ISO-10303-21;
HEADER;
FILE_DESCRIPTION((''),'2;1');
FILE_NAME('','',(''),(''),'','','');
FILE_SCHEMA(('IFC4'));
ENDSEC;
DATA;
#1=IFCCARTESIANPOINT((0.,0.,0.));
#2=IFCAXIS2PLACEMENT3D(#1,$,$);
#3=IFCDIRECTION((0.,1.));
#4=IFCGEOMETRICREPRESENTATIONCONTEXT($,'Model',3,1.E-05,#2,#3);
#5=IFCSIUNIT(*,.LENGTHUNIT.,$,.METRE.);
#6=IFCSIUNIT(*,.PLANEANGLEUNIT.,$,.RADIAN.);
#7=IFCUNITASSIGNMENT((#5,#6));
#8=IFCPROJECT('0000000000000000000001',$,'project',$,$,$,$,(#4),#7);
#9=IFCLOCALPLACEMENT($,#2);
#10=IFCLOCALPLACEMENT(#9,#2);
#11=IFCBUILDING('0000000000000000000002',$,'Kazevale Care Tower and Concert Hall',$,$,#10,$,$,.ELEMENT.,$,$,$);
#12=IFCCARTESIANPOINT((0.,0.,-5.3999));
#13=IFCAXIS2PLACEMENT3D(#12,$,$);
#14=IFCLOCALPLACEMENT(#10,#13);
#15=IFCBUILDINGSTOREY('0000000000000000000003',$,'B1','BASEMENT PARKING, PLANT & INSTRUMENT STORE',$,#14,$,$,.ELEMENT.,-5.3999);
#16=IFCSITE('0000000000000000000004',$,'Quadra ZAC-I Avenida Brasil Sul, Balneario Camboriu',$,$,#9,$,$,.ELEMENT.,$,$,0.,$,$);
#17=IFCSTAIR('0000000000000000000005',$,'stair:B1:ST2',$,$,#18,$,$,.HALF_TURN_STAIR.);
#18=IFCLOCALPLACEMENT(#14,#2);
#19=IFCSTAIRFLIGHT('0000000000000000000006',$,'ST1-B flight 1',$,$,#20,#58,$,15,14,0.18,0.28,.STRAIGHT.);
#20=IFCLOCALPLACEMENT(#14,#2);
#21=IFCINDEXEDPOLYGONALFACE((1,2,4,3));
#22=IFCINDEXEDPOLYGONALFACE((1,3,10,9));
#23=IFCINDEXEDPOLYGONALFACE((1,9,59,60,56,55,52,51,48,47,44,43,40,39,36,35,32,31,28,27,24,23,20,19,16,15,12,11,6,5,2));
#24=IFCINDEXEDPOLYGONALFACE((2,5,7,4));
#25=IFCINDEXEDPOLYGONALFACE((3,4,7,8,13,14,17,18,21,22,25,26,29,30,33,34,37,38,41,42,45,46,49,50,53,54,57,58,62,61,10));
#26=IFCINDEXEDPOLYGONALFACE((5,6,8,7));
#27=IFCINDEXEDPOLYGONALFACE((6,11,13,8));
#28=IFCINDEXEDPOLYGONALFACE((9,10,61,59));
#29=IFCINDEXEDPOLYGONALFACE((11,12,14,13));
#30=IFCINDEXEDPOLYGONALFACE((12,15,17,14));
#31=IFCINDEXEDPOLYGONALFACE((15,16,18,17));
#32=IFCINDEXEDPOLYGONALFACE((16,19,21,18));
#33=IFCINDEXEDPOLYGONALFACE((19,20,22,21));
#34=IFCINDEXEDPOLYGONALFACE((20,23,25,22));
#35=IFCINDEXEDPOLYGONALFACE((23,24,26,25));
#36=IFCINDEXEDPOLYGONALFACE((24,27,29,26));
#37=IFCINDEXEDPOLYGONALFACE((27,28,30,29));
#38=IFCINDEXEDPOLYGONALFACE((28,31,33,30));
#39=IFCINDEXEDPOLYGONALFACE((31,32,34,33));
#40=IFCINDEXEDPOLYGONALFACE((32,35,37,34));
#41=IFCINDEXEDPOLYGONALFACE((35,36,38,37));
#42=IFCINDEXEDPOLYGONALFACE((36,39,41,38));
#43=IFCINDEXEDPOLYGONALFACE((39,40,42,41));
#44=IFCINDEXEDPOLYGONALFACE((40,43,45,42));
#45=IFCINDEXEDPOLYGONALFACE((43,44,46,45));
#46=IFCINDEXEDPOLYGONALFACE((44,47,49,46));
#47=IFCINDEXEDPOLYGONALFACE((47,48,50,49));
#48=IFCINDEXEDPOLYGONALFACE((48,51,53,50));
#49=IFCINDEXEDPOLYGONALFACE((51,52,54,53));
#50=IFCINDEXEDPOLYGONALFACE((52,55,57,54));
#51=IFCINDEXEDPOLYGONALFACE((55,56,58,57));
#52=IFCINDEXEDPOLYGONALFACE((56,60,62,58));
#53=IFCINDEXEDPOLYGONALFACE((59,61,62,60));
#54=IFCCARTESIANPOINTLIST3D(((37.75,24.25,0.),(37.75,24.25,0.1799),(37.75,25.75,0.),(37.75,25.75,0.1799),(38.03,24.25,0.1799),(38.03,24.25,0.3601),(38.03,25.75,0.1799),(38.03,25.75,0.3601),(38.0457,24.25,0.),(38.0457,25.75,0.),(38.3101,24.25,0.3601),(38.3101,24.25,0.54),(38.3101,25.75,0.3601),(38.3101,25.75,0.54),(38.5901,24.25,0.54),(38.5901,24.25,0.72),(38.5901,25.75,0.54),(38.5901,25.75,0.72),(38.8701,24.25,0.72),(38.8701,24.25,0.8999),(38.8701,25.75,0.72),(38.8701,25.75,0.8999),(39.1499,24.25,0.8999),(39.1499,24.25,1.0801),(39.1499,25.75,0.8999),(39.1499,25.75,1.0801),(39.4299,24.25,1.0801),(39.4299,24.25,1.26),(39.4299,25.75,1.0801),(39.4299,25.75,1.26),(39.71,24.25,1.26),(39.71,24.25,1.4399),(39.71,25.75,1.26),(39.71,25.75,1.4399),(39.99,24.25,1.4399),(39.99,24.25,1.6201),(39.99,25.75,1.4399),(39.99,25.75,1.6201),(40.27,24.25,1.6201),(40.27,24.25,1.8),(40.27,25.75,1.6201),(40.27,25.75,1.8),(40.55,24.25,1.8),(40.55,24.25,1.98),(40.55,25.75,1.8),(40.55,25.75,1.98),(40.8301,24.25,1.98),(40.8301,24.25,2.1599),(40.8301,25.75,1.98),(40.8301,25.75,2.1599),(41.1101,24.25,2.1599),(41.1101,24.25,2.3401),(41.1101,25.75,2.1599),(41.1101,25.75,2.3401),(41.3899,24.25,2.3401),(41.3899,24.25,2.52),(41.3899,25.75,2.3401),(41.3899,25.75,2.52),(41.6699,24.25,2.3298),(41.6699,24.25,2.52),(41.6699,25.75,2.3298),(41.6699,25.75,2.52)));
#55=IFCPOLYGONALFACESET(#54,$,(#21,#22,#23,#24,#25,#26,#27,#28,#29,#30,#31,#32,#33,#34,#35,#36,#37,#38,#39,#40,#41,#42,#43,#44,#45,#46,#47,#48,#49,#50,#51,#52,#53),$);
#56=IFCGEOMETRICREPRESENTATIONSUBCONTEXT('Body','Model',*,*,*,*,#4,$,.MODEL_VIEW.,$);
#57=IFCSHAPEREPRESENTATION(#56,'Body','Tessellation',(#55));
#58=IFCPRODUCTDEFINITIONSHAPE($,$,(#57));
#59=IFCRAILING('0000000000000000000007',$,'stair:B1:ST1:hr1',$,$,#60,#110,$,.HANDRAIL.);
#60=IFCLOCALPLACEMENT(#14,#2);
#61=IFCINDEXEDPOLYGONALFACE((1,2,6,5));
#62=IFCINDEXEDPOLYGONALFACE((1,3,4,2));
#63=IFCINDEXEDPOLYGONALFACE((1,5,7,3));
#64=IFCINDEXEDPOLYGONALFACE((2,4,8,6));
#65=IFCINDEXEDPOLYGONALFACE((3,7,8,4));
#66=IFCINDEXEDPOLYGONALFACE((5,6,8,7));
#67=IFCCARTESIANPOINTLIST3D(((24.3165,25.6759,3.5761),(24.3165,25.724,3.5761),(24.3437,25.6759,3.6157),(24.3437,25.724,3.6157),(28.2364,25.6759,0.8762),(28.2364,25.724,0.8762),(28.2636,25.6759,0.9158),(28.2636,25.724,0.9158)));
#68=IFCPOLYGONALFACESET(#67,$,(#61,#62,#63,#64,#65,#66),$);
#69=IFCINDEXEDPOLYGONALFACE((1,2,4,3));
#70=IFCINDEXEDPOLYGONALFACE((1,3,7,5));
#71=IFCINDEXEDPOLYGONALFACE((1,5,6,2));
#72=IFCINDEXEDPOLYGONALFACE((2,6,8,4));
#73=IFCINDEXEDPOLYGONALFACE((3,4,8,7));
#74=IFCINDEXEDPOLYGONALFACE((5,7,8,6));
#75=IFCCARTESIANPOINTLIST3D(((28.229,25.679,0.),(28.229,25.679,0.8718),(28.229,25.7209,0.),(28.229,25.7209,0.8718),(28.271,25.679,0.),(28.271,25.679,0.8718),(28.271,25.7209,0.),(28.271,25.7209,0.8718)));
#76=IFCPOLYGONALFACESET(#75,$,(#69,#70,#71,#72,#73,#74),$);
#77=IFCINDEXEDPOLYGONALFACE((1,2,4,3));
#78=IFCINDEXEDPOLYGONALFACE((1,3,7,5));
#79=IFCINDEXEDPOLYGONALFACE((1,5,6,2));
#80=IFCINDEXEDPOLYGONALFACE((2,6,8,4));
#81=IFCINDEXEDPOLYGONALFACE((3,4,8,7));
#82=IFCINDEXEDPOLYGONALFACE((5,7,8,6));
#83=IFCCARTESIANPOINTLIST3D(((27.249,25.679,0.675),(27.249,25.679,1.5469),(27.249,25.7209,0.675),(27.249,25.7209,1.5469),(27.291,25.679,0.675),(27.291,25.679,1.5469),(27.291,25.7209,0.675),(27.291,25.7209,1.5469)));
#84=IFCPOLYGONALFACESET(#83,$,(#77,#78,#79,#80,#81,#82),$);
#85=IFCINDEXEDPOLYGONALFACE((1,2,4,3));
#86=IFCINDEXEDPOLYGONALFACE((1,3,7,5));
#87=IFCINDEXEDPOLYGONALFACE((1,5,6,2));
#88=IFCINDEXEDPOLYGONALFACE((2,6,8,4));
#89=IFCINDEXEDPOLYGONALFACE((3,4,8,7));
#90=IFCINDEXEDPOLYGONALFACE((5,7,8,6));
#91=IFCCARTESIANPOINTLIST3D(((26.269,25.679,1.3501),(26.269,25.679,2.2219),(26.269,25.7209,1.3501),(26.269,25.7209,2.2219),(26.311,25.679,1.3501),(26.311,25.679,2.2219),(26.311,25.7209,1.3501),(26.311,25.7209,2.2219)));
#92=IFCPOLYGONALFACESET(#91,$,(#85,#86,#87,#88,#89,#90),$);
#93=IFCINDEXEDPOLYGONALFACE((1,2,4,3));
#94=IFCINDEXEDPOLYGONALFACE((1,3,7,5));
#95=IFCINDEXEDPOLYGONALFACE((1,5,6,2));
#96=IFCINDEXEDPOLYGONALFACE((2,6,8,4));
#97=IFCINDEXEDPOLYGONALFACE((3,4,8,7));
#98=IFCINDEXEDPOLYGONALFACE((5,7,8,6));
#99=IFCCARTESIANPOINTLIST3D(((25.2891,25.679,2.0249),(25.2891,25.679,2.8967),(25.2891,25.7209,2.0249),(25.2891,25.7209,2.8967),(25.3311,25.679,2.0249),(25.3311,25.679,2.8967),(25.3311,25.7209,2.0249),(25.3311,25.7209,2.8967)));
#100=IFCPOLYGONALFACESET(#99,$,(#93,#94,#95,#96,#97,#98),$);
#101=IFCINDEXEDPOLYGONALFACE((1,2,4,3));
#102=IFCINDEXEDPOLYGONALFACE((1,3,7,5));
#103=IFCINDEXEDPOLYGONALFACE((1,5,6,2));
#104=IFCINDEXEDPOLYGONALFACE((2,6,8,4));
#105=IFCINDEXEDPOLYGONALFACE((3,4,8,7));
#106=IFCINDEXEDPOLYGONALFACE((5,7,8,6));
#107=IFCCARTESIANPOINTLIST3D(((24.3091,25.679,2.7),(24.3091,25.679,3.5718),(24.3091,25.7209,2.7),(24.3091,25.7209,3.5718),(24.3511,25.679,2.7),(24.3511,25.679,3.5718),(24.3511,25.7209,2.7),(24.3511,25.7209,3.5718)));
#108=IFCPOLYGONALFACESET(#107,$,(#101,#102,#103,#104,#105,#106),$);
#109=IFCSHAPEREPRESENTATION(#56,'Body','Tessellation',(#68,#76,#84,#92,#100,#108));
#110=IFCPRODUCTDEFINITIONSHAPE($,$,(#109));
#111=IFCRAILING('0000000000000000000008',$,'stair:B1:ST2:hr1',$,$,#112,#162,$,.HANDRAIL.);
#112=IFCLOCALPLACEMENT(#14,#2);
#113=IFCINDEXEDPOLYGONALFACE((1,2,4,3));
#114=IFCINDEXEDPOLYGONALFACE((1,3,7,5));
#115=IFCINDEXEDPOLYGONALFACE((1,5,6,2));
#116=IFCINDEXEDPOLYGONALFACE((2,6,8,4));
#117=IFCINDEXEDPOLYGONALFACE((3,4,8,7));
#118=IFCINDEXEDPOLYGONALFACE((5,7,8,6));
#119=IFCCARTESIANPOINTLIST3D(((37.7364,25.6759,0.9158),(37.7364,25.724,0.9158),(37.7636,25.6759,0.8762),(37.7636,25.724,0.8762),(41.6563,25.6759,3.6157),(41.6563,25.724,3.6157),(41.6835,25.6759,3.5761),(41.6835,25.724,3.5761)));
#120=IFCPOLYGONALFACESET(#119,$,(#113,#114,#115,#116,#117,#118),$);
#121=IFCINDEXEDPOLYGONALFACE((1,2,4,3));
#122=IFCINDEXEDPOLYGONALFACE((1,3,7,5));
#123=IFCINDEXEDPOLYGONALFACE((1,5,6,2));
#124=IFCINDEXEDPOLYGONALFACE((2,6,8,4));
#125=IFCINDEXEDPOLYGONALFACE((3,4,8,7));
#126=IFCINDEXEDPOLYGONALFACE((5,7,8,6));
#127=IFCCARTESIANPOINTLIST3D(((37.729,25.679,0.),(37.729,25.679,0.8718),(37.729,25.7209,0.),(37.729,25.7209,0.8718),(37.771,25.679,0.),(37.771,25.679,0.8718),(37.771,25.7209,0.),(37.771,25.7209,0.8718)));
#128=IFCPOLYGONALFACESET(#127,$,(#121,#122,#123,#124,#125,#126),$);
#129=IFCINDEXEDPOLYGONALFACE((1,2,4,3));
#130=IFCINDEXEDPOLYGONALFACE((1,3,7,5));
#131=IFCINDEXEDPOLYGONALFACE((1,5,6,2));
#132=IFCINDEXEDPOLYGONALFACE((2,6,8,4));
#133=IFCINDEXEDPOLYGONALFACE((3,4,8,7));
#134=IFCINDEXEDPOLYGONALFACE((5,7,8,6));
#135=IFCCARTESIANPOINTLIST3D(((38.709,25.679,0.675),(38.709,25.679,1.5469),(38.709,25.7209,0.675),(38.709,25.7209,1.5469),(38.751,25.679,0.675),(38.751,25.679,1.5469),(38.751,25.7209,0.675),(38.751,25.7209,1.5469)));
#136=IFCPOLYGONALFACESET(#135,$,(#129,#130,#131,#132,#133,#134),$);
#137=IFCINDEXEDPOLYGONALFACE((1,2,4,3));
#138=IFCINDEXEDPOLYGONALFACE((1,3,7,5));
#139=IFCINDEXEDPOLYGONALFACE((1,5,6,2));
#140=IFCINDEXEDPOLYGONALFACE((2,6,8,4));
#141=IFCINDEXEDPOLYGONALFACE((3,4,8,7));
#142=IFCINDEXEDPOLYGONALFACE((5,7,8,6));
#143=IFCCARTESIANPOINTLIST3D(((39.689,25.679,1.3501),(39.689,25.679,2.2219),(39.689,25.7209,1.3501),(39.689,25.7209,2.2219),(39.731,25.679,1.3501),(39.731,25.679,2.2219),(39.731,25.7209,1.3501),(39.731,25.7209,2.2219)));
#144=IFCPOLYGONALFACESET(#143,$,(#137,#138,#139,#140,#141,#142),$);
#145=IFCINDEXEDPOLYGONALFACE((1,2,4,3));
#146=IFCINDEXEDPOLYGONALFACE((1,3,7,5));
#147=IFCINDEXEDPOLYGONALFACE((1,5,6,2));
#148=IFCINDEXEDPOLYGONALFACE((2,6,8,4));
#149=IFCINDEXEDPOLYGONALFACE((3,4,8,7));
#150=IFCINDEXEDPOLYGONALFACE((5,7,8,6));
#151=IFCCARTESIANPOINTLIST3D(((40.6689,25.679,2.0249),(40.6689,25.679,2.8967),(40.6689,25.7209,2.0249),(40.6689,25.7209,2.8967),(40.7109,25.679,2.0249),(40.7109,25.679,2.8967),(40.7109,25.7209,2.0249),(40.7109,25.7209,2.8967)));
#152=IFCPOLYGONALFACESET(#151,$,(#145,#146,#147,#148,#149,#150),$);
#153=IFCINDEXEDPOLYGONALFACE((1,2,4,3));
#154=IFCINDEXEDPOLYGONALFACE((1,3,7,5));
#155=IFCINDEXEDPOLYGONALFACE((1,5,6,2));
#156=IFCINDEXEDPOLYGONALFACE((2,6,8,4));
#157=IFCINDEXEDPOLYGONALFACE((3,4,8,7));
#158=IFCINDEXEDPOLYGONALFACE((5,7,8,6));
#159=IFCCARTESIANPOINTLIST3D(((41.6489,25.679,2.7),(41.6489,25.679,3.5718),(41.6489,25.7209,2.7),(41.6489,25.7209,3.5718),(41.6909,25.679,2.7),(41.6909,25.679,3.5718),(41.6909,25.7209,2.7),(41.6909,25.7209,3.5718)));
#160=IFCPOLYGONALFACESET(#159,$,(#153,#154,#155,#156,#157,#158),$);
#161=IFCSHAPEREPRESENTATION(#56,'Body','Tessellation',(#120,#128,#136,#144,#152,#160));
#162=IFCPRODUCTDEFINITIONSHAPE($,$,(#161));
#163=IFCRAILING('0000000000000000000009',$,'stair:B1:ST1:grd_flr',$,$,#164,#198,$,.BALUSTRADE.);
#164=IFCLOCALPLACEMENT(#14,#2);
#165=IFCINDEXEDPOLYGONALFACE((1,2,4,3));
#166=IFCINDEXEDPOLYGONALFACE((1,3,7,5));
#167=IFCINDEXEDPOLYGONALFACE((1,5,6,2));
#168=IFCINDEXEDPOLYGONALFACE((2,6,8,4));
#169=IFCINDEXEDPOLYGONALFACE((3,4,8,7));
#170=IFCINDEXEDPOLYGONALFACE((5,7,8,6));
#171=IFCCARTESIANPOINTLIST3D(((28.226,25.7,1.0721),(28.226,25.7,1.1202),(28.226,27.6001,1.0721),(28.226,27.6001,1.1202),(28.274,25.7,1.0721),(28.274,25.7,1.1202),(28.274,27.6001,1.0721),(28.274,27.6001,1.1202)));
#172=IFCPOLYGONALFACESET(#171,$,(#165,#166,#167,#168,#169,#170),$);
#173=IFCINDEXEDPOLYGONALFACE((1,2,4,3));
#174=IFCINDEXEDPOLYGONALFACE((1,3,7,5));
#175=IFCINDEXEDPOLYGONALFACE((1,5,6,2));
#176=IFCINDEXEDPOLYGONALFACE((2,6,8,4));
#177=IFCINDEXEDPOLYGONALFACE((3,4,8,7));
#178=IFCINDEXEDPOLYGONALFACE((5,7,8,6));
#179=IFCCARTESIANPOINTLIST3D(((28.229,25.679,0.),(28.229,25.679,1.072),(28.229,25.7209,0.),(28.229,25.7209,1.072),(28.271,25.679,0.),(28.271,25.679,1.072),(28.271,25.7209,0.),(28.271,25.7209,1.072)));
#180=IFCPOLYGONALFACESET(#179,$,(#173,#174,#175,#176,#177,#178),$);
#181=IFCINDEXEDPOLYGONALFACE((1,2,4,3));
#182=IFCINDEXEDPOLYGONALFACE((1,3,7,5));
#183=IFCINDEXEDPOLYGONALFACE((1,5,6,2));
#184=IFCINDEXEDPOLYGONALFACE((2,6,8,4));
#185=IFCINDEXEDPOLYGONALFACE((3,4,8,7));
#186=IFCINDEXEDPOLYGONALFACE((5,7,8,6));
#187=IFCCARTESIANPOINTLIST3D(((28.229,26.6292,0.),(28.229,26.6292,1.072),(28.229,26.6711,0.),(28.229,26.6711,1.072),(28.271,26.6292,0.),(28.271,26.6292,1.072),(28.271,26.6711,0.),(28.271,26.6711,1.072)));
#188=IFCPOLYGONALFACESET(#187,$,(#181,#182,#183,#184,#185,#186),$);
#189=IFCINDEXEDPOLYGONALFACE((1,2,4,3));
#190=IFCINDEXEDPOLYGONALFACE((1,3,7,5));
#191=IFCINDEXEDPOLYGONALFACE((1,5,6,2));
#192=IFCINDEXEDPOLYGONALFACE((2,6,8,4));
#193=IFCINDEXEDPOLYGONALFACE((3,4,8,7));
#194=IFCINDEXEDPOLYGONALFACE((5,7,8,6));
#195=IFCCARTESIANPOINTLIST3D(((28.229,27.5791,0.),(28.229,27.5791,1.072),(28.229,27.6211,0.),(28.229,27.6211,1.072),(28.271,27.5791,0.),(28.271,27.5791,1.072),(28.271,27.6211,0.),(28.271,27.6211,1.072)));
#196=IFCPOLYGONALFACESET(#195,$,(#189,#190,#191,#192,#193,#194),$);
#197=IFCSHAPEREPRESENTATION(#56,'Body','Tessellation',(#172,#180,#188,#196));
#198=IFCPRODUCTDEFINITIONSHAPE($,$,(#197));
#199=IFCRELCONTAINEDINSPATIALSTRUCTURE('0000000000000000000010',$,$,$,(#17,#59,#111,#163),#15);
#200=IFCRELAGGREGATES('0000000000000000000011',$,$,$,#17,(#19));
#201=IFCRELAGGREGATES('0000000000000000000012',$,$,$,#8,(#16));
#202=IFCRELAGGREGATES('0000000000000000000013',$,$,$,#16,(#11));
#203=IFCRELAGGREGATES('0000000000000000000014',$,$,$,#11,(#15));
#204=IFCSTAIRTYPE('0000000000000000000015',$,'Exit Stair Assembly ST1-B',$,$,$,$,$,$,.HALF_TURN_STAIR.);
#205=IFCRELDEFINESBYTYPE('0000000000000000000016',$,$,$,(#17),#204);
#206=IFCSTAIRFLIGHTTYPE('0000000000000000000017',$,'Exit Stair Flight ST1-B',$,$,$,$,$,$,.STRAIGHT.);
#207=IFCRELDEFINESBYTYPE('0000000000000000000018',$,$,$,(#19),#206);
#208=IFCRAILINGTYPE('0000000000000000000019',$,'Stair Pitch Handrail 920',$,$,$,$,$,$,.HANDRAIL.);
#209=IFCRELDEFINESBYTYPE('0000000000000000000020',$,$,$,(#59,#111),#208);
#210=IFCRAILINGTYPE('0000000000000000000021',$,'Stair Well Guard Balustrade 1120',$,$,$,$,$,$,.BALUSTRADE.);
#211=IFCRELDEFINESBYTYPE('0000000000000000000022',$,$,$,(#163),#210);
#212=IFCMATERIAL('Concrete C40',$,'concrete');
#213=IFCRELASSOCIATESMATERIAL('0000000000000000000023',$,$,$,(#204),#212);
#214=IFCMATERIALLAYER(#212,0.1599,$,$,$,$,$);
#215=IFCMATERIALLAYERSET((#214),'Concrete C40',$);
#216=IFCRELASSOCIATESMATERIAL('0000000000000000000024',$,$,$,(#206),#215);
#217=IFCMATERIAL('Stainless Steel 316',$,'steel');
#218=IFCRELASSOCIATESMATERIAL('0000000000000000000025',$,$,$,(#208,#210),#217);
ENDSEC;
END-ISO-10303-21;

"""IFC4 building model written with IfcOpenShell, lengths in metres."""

from ifc_helpers import new_model, si_unit, direction, frame, origin, origin_2d, place, context, subcontext, project, spatial, polyline, rectangle, outline, extrude, material, layer, layer_set, type_object, element, aggregate, save


model = new_model("IFC4")

# Units and contexts
model_context = context("Model", 3, precision=1e-05, world=origin(), true_north=direction((0.0, 1.0)))
body_context = subcontext(model_context, "Body", "Model", "MODEL_VIEW")
ifc_project = project(units=[si_unit("LENGTHUNIT", "METRE"), si_unit("PLANEANGLEUNIT", "RADIAN")], contexts=[model_context])

# Site, building, storey
site_placement = place(None, origin())
site = spatial("IfcSite", under=ifc_project, at=site_placement, Name="Quadra ZAC-I Avenida Brasil Sul, Balneario Camboriu", CompositionType="ELEMENT", RefElevation=0.0)
building_placement = place(site_placement, origin())
building = spatial("IfcBuilding", under=site, at=building_placement, Name="Kazevale Care Tower and Concert Hall", CompositionType="ELEMENT")
storey_placement = place(building_placement, frame((0.0, 0.0, -5.3999)))
storey = spatial("IfcBuildingStorey", under=building, at=storey_placement, Name="B1", Description="BASEMENT PARKING, PLANT & INSTRUMENT STORE", CompositionType="ELEMENT", Elevation=-5.3999)

# Shared definitions
ifc_material_1 = material(Name="Concrete C40", Category="concrete")
ifc_material_2 = material(Name="Stainless Steel 316", Category="steel")

# Stair, stair flight
stair_type = type_object("IfcStairType", Name="Exit Stair Assembly ST1-B", PredefinedType="HALF_TURN_STAIR", material=ifc_material_1)
ifc_layer_1 = layer(ifc_material_1, 0.1599)
ifc_layer_set_1 = layer_set([ifc_layer_1], Name="Concrete C40")
stair_flight_type = type_object("IfcStairFlightType", Name="Exit Stair Flight ST1-B", PredefinedType="STRAIGHT", material=ifc_layer_set_1)
stair_1_placement = place(storey_placement, origin())
stair_1 = element("IfcStair", 1, at=stair_1_placement, inside=storey, type_object=stair_type, Name="stair:B1:ST2", PredefinedType="HALF_TURN_STAIR")
stair_flight_1_placement = place(storey_placement, frame((37.75, 25.0, 0.0), z_axis=(0.0, 0.0, 1.0), x_axis=(1.0, 0.0, 0.0)))
stair_flight_1 = element("IfcStairFlight", 2, at=stair_flight_1_placement, type_object=stair_flight_type, Name="ST1-B flight 1", NumberOfRisers=15, NumberOfTreads=14, PredefinedType="STRAIGHT", RiserHeight=0.18, TreadLength=0.28, context=body_context, shape_type="SweptSolid", body=[
    extrude(outline(polyline([(0.0, 0.0), (0.0, 0.1799), (0.28, 0.1799), (0.28, 0.3601), (0.5601, 0.3601), (0.5601, 0.54), (0.8401, 0.54), (0.8401, 0.72), (1.1201, 0.72), (1.1201, 0.8999), (1.3999, 0.8999), (1.3999, 1.0801), (1.6799, 1.0801), (1.6799, 1.26), (1.96, 1.26), (1.96, 1.4399), (2.24, 1.4399), (2.24, 1.6201), (2.52, 1.6201), (2.52, 1.8), (2.8, 1.8), (2.8, 1.98), (3.0801, 1.98), (3.0801, 2.1599), (3.3601, 2.1599), (3.3601, 2.3401), (3.6399, 2.3401), (3.6399, 2.52), (3.9199, 2.52), (3.9199, 2.7), (3.9199, 2.3298), (0.2957, 0.0), (0.0, 0.0)])), frame((0.0, 0.75, 0.0), z_axis=(0.0, -1.0, 0.0), x_axis=(1.0, 0.0, 0.0)), (0.0, 0.0, 1.0), 1.5),
])
aggregate(stair_1, [stair_flight_1])

# Railings
railing_type_1 = type_object("IfcRailingType", Name="Stair Pitch Handrail 920", PredefinedType="HANDRAIL", material=ifc_material_2)
railing_1_placement = place(storey_placement, frame((28.25, 25.7, 0.0)))
element("IfcRailing", 3, at=railing_1_placement, inside=storey, type_object=railing_type_1, Name="stair:B1:ST1:hr1", PredefinedType="HANDRAIL", context=body_context, shape_type="SweptSolid", body=[
    extrude(rectangle(XDim=0.0481, YDim=0.0481, at=origin_2d()), frame((0.0, 0.0, 0.896), z_axis=(-0.823551, 0.0, 0.567243), x_axis=(0.0, -1.0, 0.0)), (0.0, 0.0, 1.0), 4.7598),
    extrude(rectangle(XDim=0.042, YDim=0.042, at=origin_2d()), origin(), (0.0, 0.0, 1.0), 0.8718),
    extrude(rectangle(XDim=0.042, YDim=0.042, at=origin_2d()), frame((-0.98, 0.0, 0.675)), (0.0, 0.0, 1.0), 0.8718),
    extrude(rectangle(XDim=0.042, YDim=0.042, at=origin_2d()), frame((-1.96, 0.0, 1.3501)), (0.0, 0.0, 1.0), 0.8718),
    extrude(rectangle(XDim=0.042, YDim=0.042, at=origin_2d()), frame((-2.9399, 0.0, 2.0249)), (0.0, 0.0, 1.0), 0.8718),
    extrude(rectangle(XDim=0.042, YDim=0.042, at=origin_2d()), frame((-3.9199, 0.0, 2.7)), (0.0, 0.0, 1.0), 0.8718),
])
railing_2_placement = place(storey_placement, frame((37.75, 25.7, 0.0)))
element("IfcRailing", 4, at=railing_2_placement, inside=storey, type_object=railing_type_1, Name="stair:B1:ST2:hr1", PredefinedType="HANDRAIL", context=body_context, shape_type="SweptSolid", body=[
    extrude(rectangle(XDim=0.0481, YDim=0.0481, at=origin_2d()), frame((0.0, 0.0, 0.896), z_axis=(0.823551, 0.0, 0.567243), x_axis=(0.0, 1.0, 0.0)), (0.0, 0.0, 1.0), 4.7598),
    extrude(rectangle(XDim=0.042, YDim=0.042, at=origin_2d()), origin(), (0.0, 0.0, 1.0), 0.8718),
    extrude(rectangle(XDim=0.042, YDim=0.042, at=origin_2d()), frame((0.98, 0.0, 0.675)), (0.0, 0.0, 1.0), 0.8718),
    extrude(rectangle(XDim=0.042, YDim=0.042, at=origin_2d()), frame((1.96, 0.0, 1.3501)), (0.0, 0.0, 1.0), 0.8718),
    extrude(rectangle(XDim=0.042, YDim=0.042, at=origin_2d()), frame((2.9399, 0.0, 2.0249)), (0.0, 0.0, 1.0), 0.8718),
    extrude(rectangle(XDim=0.042, YDim=0.042, at=origin_2d()), frame((3.9199, 0.0, 2.7)), (0.0, 0.0, 1.0), 0.8718),
])
railing_type_2 = type_object("IfcRailingType", Name="Stair Well Guard Balustrade 1120", PredefinedType="BALUSTRADE", material=ifc_material_2)
for number, where, name in (
    (5, (28.25, 25.7, 0.0), "stair:B1:ST1:grd_flr"),
):
    element("IfcRailing", number, at=place(storey_placement, frame(where)), inside=storey, type_object=railing_type_2, Name=name, PredefinedType="BALUSTRADE", context=body_context, shape_type="SweptSolid", body=[
        extrude(rectangle(XDim=0.0481, YDim=0.0481, at=origin_2d()), frame((0.0, 0.0, 1.0962), z_axis=(0.0, 1.0, 0.0), x_axis=(-1.0, 0.0, 0.0)), (0.0, 0.0, 1.0), 1.9001),
        extrude(rectangle(XDim=0.042, YDim=0.042, at=origin_2d()), origin(), (0.0, 0.0, 1.0), 1.072),
        extrude(rectangle(XDim=0.042, YDim=0.042, at=origin_2d()), frame((0.0, 0.9502, 0.0)), (0.0, 0.0, 1.0), 1.072),
        extrude(rectangle(XDim=0.042, YDim=0.042, at=origin_2d()), frame((0.0, 1.9001, 0.0)), (0.0, 0.0, 1.0), 1.072),
    ])

save(model, "model.ifc")
